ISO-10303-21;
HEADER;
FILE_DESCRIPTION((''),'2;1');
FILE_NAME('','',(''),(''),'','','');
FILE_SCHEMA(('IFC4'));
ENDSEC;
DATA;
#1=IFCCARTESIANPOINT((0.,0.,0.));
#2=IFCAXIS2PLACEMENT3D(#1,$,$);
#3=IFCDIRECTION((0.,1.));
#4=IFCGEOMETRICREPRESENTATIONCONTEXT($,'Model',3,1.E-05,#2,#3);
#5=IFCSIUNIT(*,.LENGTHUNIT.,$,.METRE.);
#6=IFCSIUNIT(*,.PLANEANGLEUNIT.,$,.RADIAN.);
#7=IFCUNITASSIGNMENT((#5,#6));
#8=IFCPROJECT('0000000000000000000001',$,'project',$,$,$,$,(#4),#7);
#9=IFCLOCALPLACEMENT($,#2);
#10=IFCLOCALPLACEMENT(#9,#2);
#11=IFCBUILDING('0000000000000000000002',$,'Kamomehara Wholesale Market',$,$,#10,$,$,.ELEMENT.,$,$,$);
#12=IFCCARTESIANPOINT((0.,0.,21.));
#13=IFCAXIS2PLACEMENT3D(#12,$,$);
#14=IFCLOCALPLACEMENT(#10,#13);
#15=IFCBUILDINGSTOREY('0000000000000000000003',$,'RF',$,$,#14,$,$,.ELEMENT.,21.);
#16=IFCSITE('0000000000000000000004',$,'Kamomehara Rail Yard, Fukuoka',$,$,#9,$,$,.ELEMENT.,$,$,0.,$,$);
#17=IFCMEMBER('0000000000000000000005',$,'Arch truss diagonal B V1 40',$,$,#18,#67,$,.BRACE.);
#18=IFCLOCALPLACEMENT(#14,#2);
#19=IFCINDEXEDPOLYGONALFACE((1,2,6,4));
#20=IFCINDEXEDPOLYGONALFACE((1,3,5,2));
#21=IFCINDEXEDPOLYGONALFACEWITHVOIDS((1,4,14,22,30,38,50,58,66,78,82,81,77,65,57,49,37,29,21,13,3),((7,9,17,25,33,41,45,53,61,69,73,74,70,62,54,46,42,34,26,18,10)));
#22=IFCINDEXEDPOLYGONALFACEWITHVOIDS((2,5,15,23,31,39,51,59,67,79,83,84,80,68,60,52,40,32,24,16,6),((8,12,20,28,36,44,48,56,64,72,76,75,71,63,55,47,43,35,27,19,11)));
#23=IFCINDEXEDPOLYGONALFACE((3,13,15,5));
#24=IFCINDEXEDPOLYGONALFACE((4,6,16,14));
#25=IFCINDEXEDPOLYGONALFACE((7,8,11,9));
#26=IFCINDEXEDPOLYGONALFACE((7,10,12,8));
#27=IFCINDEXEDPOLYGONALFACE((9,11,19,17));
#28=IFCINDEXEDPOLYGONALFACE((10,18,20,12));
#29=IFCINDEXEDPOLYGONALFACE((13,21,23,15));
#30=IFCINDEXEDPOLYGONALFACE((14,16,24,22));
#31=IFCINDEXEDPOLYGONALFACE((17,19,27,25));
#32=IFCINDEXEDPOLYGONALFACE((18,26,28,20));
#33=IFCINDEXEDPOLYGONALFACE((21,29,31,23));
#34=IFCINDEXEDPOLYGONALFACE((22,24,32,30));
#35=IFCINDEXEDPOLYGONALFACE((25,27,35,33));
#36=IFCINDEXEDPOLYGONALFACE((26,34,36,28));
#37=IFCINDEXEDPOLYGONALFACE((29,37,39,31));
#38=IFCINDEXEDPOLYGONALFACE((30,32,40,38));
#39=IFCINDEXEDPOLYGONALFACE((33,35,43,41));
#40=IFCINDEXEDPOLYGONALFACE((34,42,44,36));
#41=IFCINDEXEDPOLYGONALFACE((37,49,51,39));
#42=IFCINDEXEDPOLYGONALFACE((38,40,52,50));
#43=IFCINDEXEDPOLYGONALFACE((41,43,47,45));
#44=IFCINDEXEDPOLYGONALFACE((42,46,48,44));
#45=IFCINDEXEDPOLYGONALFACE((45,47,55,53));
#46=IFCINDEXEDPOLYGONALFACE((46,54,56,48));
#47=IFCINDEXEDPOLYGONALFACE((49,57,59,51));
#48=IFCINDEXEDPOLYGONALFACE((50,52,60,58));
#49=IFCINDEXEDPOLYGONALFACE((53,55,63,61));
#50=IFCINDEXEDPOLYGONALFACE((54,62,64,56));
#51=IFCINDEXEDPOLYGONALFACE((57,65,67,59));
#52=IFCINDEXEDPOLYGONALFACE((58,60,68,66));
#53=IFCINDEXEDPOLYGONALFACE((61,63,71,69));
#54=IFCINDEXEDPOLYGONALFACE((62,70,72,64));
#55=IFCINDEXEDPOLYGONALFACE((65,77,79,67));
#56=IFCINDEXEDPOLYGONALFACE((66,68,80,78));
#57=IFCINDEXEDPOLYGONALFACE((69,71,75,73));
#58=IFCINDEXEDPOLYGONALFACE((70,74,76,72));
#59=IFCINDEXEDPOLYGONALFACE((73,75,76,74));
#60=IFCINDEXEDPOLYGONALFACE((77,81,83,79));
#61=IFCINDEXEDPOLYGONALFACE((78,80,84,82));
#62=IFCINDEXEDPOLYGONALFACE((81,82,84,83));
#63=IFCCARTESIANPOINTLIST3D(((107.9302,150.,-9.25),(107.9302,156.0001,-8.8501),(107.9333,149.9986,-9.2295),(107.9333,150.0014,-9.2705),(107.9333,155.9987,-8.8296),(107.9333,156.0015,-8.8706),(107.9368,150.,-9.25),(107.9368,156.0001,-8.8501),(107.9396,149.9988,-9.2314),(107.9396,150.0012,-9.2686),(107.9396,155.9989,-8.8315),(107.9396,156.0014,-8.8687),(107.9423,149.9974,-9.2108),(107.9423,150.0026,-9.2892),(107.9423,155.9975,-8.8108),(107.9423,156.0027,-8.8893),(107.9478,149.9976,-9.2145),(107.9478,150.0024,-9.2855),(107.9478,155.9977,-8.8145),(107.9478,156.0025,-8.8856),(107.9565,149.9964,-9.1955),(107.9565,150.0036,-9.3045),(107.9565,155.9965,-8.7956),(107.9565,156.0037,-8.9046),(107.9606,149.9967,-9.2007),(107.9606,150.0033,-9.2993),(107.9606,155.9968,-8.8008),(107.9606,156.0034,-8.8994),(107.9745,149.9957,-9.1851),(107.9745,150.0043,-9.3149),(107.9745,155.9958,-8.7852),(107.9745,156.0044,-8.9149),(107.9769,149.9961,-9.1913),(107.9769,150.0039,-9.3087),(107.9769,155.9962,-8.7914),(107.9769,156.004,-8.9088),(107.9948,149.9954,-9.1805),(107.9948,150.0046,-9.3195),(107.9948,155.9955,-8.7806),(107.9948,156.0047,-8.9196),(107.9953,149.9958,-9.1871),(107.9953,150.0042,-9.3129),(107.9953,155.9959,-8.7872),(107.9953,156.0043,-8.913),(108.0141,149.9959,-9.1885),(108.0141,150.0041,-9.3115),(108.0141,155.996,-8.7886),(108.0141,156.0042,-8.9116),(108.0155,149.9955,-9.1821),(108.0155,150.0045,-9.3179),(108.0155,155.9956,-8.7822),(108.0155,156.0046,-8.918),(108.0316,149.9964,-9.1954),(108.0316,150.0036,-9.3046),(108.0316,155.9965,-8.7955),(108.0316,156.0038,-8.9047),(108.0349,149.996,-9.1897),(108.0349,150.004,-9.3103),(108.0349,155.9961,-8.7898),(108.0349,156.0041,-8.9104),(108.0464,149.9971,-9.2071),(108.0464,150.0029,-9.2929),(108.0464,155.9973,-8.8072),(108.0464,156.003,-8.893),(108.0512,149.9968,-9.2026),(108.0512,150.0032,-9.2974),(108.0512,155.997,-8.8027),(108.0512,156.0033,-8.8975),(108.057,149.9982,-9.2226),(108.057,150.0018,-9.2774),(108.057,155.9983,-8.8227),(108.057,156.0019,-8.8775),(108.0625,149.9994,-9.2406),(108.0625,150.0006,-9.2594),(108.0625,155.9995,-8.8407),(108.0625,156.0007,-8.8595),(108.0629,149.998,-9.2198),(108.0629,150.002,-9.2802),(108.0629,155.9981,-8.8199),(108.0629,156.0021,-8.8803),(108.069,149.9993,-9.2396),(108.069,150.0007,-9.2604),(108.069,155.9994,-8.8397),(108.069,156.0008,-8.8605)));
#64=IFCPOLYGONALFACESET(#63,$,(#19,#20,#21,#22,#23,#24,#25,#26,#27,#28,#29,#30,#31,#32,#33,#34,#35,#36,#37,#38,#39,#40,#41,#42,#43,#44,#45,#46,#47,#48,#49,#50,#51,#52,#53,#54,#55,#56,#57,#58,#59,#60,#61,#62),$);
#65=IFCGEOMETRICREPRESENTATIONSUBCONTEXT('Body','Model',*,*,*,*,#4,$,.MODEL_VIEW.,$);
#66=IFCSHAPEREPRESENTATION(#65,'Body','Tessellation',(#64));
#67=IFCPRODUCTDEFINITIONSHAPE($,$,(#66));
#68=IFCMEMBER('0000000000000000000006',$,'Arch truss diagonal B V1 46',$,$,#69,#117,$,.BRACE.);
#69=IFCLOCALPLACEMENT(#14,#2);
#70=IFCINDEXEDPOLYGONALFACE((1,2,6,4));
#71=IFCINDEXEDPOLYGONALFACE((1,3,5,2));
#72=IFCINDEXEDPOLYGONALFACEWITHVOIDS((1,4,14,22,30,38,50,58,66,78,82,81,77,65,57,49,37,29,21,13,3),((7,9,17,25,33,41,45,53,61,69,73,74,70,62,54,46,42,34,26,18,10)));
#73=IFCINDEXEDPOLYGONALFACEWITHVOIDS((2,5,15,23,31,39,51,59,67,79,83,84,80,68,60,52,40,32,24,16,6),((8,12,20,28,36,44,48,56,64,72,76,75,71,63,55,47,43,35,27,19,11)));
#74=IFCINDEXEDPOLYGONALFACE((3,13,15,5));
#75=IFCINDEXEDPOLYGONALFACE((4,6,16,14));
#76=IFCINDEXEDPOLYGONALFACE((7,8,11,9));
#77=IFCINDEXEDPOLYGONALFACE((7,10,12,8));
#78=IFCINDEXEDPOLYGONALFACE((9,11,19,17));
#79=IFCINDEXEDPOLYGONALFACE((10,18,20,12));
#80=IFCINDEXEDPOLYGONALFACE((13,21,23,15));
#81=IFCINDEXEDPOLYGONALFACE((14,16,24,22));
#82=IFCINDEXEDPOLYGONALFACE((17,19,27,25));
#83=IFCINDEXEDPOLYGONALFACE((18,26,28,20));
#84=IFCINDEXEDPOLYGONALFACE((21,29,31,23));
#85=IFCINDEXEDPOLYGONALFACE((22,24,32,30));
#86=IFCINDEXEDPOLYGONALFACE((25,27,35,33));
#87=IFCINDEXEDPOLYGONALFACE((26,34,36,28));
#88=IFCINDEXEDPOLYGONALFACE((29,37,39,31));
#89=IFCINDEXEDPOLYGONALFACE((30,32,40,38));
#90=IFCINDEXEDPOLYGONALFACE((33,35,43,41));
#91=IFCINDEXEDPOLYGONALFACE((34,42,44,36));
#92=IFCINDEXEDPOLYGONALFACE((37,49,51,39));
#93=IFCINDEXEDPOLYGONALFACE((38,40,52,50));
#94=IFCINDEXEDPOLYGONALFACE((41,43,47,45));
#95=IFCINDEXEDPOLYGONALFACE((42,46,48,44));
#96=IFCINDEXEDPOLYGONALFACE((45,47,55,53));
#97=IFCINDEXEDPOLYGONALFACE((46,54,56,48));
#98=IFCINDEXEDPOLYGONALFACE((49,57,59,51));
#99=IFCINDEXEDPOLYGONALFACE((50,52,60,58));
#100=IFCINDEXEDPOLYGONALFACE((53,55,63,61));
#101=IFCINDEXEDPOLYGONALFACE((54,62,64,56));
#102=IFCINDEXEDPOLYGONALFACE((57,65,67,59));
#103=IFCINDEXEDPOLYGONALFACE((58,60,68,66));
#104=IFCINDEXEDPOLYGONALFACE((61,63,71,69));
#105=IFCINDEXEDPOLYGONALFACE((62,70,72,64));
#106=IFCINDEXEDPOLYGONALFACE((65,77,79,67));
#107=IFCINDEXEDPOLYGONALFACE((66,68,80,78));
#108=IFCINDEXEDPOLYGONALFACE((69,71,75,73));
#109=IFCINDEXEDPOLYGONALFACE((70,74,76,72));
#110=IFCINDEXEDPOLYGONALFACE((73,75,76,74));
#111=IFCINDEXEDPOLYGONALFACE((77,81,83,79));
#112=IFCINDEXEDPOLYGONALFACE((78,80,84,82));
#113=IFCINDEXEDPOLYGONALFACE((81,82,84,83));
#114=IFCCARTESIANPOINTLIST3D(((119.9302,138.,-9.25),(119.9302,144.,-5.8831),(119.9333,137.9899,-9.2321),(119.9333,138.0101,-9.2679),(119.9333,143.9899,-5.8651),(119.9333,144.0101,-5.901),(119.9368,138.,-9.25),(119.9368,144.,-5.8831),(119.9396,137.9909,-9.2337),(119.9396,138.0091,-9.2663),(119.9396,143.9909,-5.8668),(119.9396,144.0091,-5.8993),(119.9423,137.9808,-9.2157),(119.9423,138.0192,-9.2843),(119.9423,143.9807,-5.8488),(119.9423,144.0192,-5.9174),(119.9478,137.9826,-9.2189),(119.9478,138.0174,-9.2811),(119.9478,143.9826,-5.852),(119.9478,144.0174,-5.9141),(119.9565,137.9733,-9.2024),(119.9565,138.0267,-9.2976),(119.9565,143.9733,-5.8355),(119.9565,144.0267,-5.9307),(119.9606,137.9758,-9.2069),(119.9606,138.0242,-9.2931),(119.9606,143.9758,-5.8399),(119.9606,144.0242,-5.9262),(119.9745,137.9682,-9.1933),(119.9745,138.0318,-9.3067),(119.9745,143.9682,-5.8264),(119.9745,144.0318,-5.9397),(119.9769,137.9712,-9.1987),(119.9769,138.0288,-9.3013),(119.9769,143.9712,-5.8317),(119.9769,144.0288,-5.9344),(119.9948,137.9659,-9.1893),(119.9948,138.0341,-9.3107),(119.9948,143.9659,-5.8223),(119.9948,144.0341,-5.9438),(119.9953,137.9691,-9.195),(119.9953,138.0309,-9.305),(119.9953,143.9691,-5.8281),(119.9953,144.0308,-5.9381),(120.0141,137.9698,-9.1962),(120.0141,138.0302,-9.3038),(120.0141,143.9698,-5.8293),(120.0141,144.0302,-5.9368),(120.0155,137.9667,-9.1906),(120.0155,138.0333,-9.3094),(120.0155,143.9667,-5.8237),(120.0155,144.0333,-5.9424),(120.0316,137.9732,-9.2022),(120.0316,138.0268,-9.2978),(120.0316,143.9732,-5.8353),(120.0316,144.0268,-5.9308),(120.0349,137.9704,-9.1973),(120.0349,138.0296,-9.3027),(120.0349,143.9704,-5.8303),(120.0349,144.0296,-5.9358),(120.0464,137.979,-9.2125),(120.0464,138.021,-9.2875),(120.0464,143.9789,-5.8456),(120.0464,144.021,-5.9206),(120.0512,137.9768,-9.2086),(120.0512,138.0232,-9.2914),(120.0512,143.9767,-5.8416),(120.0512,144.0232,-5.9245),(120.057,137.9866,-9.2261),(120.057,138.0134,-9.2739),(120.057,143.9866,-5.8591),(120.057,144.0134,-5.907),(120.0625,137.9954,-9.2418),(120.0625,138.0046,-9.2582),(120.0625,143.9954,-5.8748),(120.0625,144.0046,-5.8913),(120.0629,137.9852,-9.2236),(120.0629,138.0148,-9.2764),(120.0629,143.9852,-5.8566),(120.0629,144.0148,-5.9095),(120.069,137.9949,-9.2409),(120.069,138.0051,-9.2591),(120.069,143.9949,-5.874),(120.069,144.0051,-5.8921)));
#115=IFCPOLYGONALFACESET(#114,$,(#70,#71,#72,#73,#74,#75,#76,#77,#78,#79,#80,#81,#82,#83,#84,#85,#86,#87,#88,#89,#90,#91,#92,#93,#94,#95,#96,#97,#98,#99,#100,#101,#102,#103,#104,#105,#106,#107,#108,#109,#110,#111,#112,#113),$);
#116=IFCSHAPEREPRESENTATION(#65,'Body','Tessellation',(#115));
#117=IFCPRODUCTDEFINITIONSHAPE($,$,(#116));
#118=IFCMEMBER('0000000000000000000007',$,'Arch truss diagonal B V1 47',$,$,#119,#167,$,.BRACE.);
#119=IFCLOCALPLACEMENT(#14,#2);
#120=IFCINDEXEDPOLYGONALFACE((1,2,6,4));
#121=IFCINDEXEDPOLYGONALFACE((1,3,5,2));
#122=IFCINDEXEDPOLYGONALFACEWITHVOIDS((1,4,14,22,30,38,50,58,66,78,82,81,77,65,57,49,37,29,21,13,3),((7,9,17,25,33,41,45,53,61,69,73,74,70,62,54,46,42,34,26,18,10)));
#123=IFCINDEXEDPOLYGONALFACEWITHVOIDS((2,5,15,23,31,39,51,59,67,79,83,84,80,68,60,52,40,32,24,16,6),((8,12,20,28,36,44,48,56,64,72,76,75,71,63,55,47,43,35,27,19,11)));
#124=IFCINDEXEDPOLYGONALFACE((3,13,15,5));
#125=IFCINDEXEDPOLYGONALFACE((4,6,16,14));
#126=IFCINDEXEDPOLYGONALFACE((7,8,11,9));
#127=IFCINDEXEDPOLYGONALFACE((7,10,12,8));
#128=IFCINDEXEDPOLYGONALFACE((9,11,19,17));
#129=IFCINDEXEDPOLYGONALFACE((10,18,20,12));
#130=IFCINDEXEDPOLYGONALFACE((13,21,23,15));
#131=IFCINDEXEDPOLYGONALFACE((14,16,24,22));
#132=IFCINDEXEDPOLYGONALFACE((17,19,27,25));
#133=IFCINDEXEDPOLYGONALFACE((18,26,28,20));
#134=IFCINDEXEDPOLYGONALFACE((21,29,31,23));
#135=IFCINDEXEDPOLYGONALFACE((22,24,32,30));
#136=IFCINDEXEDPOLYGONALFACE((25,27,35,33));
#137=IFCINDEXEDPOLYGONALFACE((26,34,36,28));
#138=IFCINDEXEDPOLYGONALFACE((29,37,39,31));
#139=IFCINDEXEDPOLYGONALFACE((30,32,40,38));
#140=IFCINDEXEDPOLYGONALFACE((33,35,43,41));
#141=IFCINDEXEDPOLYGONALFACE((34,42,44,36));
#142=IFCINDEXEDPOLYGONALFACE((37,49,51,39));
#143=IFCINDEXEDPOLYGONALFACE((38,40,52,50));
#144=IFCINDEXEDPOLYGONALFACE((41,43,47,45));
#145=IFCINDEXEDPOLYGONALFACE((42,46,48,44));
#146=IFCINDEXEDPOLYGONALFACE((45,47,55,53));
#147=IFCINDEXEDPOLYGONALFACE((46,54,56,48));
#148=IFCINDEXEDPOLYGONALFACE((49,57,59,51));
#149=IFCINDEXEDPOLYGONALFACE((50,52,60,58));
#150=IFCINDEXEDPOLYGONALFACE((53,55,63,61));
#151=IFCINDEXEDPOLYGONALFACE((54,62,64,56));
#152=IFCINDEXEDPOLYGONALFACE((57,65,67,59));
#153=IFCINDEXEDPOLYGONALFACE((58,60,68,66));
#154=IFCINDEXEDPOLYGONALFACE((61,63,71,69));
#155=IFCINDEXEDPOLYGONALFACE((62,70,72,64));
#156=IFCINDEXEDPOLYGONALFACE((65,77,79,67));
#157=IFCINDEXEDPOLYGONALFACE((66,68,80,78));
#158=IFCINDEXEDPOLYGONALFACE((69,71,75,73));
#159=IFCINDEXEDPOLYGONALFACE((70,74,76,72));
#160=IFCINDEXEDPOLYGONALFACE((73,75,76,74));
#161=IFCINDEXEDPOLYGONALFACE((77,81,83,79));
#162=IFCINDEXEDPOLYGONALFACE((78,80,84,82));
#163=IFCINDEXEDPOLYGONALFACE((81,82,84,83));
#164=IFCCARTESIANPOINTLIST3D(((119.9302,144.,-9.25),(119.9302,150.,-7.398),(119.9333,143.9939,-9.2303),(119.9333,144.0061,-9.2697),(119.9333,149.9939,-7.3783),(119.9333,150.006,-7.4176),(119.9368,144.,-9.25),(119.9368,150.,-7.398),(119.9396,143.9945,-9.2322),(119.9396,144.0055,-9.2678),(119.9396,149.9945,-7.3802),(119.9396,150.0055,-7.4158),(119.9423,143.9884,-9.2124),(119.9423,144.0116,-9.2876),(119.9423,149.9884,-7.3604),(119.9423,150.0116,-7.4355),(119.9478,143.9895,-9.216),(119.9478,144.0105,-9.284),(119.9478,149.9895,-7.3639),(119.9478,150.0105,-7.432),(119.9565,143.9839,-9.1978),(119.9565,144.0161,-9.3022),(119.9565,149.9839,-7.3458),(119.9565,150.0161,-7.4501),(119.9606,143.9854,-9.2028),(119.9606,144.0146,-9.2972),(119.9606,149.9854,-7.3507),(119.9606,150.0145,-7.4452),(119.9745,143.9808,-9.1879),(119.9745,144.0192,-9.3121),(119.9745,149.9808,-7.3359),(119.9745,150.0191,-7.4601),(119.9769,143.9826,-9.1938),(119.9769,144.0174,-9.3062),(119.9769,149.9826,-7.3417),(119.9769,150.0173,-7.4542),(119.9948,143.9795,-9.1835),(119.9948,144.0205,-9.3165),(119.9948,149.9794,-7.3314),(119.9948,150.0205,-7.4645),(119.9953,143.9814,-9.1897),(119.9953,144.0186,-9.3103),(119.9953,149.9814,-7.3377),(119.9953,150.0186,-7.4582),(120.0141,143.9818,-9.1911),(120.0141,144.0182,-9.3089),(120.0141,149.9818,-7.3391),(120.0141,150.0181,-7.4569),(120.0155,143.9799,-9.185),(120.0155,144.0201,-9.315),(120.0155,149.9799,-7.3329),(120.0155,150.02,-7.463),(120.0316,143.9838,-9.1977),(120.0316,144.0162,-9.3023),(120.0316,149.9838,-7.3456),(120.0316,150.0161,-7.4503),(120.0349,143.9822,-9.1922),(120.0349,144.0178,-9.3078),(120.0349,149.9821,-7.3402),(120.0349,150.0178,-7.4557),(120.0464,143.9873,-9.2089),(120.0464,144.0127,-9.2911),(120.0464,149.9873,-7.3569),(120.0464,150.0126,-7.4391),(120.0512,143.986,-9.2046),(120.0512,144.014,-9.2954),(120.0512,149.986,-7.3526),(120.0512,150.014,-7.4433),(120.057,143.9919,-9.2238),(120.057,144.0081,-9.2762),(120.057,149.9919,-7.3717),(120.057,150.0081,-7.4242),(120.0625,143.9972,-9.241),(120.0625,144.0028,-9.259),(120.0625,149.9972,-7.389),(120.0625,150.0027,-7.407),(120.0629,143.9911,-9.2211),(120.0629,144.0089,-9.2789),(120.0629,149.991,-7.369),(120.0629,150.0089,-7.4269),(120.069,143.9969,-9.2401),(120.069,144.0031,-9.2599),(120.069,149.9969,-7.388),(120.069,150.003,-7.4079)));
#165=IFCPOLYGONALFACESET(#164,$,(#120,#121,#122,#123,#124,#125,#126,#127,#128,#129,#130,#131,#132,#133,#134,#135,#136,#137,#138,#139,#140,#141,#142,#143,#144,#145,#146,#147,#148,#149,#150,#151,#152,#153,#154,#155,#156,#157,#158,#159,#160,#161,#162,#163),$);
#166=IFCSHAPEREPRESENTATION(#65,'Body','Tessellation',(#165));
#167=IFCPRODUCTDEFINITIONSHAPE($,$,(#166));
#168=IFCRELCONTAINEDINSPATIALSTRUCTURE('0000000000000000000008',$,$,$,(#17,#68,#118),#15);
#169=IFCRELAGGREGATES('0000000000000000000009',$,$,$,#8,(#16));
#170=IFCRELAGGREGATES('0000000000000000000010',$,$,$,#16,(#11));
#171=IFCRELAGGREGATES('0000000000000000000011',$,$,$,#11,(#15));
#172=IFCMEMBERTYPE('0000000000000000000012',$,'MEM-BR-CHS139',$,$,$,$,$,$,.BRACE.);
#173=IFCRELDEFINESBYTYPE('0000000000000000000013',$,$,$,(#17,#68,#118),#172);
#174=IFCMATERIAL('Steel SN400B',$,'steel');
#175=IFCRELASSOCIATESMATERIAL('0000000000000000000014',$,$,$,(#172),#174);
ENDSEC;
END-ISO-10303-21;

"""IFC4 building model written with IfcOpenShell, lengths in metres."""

from ifc_helpers import new_model, si_unit, direction, frame, origin, origin_2d, place, context, subcontext, project, spatial, hollow_circle, extrude, material, material_profile, profile_set, type_object, element, save


model = new_model("IFC4")

# Units and contexts
model_context = context("Model", 3, precision=1e-05, world=origin(), true_north=direction((0.0, 1.0)))
body_context = subcontext(model_context, "Body", "Model", "MODEL_VIEW")
ifc_project = project(units=[si_unit("LENGTHUNIT", "METRE"), si_unit("PLANEANGLEUNIT", "RADIAN")], contexts=[model_context])

# Site, building, storey
site_placement = place(None, origin())
site = spatial("IfcSite", under=ifc_project, at=site_placement, Name="Kamomehara Rail Yard, Fukuoka", CompositionType="ELEMENT", RefElevation=0.0)
building_placement = place(site_placement, origin())
building = spatial("IfcBuilding", under=site, at=building_placement, Name="Kamomehara Wholesale Market", CompositionType="ELEMENT")
storey_placement = place(building_placement, frame((0.0, 0.0, 21.0)))
storey = spatial("IfcBuildingStorey", under=building, at=storey_placement, Name="RF", CompositionType="ELEMENT", Elevation=21.0)

# Members
ifc_material_1 = material(Name="Steel SN400B", Category="steel")
ifc_material_profile_1 = material_profile(ifc_material_1, hollow_circle(Radius=0.0698, WallThickness=0.0066, at=origin_2d()), Name="CHS-139.8x6.6")
ifc_profile_set_1 = profile_set([ifc_material_profile_1], Name="Steel SN400B")
member_type_1 = type_object("IfcMemberType", Name="MEM-BR-CHS139", PredefinedType="BRACE", material=ifc_profile_set_1)
member_1_placement = place(storey_placement, frame((108.0, 150.0, -9.25), z_axis=(0.0, 0.997786, 0.066503), x_axis=(-1.0, 0.0, 0.0)))
element("IfcMember", 1, at=member_1_placement, inside=storey, type_object=member_type_1, Name="Arch truss diagonal B V1 40", PredefinedType="BRACE", context=body_context, shape_type="SweptSolid", body=[
    extrude(hollow_circle(Radius=0.0698, WallThickness=0.0066, at=origin_2d()), origin(), (0.0, 0.0, 1.0), 6.0134),
])
member_2_placement = place(storey_placement, frame((120.0, 138.0, -9.25), z_axis=(0.0, 0.872075, 0.489371), x_axis=(-1.0, 0.0, 0.0)))
element("IfcMember", 2, at=member_2_placement, inside=storey, type_object=member_type_1, Name="Arch truss diagonal B V1 46", PredefinedType="BRACE", context=body_context, shape_type="SweptSolid", body=[
    extrude(hollow_circle(Radius=0.0698, WallThickness=0.0066, at=origin_2d()), origin(), (0.0, 0.0, 1.0), 6.8801),
])
member_3_placement = place(storey_placement, frame((120.0, 144.0, -9.25), z_axis=(0.0, 0.955515, 0.294944), x_axis=(-1.0, 0.0, 0.0)))
element("IfcMember", 3, at=member_3_placement, inside=storey, type_object=member_type_1, Name="Arch truss diagonal B V1 47", PredefinedType="BRACE", context=body_context, shape_type="SweptSolid", body=[
    extrude(hollow_circle(Radius=0.0698, WallThickness=0.0066, at=origin_2d()), origin(), (0.0, 0.0, 1.0), 6.2793),
])

save(model, "model.ifc")
